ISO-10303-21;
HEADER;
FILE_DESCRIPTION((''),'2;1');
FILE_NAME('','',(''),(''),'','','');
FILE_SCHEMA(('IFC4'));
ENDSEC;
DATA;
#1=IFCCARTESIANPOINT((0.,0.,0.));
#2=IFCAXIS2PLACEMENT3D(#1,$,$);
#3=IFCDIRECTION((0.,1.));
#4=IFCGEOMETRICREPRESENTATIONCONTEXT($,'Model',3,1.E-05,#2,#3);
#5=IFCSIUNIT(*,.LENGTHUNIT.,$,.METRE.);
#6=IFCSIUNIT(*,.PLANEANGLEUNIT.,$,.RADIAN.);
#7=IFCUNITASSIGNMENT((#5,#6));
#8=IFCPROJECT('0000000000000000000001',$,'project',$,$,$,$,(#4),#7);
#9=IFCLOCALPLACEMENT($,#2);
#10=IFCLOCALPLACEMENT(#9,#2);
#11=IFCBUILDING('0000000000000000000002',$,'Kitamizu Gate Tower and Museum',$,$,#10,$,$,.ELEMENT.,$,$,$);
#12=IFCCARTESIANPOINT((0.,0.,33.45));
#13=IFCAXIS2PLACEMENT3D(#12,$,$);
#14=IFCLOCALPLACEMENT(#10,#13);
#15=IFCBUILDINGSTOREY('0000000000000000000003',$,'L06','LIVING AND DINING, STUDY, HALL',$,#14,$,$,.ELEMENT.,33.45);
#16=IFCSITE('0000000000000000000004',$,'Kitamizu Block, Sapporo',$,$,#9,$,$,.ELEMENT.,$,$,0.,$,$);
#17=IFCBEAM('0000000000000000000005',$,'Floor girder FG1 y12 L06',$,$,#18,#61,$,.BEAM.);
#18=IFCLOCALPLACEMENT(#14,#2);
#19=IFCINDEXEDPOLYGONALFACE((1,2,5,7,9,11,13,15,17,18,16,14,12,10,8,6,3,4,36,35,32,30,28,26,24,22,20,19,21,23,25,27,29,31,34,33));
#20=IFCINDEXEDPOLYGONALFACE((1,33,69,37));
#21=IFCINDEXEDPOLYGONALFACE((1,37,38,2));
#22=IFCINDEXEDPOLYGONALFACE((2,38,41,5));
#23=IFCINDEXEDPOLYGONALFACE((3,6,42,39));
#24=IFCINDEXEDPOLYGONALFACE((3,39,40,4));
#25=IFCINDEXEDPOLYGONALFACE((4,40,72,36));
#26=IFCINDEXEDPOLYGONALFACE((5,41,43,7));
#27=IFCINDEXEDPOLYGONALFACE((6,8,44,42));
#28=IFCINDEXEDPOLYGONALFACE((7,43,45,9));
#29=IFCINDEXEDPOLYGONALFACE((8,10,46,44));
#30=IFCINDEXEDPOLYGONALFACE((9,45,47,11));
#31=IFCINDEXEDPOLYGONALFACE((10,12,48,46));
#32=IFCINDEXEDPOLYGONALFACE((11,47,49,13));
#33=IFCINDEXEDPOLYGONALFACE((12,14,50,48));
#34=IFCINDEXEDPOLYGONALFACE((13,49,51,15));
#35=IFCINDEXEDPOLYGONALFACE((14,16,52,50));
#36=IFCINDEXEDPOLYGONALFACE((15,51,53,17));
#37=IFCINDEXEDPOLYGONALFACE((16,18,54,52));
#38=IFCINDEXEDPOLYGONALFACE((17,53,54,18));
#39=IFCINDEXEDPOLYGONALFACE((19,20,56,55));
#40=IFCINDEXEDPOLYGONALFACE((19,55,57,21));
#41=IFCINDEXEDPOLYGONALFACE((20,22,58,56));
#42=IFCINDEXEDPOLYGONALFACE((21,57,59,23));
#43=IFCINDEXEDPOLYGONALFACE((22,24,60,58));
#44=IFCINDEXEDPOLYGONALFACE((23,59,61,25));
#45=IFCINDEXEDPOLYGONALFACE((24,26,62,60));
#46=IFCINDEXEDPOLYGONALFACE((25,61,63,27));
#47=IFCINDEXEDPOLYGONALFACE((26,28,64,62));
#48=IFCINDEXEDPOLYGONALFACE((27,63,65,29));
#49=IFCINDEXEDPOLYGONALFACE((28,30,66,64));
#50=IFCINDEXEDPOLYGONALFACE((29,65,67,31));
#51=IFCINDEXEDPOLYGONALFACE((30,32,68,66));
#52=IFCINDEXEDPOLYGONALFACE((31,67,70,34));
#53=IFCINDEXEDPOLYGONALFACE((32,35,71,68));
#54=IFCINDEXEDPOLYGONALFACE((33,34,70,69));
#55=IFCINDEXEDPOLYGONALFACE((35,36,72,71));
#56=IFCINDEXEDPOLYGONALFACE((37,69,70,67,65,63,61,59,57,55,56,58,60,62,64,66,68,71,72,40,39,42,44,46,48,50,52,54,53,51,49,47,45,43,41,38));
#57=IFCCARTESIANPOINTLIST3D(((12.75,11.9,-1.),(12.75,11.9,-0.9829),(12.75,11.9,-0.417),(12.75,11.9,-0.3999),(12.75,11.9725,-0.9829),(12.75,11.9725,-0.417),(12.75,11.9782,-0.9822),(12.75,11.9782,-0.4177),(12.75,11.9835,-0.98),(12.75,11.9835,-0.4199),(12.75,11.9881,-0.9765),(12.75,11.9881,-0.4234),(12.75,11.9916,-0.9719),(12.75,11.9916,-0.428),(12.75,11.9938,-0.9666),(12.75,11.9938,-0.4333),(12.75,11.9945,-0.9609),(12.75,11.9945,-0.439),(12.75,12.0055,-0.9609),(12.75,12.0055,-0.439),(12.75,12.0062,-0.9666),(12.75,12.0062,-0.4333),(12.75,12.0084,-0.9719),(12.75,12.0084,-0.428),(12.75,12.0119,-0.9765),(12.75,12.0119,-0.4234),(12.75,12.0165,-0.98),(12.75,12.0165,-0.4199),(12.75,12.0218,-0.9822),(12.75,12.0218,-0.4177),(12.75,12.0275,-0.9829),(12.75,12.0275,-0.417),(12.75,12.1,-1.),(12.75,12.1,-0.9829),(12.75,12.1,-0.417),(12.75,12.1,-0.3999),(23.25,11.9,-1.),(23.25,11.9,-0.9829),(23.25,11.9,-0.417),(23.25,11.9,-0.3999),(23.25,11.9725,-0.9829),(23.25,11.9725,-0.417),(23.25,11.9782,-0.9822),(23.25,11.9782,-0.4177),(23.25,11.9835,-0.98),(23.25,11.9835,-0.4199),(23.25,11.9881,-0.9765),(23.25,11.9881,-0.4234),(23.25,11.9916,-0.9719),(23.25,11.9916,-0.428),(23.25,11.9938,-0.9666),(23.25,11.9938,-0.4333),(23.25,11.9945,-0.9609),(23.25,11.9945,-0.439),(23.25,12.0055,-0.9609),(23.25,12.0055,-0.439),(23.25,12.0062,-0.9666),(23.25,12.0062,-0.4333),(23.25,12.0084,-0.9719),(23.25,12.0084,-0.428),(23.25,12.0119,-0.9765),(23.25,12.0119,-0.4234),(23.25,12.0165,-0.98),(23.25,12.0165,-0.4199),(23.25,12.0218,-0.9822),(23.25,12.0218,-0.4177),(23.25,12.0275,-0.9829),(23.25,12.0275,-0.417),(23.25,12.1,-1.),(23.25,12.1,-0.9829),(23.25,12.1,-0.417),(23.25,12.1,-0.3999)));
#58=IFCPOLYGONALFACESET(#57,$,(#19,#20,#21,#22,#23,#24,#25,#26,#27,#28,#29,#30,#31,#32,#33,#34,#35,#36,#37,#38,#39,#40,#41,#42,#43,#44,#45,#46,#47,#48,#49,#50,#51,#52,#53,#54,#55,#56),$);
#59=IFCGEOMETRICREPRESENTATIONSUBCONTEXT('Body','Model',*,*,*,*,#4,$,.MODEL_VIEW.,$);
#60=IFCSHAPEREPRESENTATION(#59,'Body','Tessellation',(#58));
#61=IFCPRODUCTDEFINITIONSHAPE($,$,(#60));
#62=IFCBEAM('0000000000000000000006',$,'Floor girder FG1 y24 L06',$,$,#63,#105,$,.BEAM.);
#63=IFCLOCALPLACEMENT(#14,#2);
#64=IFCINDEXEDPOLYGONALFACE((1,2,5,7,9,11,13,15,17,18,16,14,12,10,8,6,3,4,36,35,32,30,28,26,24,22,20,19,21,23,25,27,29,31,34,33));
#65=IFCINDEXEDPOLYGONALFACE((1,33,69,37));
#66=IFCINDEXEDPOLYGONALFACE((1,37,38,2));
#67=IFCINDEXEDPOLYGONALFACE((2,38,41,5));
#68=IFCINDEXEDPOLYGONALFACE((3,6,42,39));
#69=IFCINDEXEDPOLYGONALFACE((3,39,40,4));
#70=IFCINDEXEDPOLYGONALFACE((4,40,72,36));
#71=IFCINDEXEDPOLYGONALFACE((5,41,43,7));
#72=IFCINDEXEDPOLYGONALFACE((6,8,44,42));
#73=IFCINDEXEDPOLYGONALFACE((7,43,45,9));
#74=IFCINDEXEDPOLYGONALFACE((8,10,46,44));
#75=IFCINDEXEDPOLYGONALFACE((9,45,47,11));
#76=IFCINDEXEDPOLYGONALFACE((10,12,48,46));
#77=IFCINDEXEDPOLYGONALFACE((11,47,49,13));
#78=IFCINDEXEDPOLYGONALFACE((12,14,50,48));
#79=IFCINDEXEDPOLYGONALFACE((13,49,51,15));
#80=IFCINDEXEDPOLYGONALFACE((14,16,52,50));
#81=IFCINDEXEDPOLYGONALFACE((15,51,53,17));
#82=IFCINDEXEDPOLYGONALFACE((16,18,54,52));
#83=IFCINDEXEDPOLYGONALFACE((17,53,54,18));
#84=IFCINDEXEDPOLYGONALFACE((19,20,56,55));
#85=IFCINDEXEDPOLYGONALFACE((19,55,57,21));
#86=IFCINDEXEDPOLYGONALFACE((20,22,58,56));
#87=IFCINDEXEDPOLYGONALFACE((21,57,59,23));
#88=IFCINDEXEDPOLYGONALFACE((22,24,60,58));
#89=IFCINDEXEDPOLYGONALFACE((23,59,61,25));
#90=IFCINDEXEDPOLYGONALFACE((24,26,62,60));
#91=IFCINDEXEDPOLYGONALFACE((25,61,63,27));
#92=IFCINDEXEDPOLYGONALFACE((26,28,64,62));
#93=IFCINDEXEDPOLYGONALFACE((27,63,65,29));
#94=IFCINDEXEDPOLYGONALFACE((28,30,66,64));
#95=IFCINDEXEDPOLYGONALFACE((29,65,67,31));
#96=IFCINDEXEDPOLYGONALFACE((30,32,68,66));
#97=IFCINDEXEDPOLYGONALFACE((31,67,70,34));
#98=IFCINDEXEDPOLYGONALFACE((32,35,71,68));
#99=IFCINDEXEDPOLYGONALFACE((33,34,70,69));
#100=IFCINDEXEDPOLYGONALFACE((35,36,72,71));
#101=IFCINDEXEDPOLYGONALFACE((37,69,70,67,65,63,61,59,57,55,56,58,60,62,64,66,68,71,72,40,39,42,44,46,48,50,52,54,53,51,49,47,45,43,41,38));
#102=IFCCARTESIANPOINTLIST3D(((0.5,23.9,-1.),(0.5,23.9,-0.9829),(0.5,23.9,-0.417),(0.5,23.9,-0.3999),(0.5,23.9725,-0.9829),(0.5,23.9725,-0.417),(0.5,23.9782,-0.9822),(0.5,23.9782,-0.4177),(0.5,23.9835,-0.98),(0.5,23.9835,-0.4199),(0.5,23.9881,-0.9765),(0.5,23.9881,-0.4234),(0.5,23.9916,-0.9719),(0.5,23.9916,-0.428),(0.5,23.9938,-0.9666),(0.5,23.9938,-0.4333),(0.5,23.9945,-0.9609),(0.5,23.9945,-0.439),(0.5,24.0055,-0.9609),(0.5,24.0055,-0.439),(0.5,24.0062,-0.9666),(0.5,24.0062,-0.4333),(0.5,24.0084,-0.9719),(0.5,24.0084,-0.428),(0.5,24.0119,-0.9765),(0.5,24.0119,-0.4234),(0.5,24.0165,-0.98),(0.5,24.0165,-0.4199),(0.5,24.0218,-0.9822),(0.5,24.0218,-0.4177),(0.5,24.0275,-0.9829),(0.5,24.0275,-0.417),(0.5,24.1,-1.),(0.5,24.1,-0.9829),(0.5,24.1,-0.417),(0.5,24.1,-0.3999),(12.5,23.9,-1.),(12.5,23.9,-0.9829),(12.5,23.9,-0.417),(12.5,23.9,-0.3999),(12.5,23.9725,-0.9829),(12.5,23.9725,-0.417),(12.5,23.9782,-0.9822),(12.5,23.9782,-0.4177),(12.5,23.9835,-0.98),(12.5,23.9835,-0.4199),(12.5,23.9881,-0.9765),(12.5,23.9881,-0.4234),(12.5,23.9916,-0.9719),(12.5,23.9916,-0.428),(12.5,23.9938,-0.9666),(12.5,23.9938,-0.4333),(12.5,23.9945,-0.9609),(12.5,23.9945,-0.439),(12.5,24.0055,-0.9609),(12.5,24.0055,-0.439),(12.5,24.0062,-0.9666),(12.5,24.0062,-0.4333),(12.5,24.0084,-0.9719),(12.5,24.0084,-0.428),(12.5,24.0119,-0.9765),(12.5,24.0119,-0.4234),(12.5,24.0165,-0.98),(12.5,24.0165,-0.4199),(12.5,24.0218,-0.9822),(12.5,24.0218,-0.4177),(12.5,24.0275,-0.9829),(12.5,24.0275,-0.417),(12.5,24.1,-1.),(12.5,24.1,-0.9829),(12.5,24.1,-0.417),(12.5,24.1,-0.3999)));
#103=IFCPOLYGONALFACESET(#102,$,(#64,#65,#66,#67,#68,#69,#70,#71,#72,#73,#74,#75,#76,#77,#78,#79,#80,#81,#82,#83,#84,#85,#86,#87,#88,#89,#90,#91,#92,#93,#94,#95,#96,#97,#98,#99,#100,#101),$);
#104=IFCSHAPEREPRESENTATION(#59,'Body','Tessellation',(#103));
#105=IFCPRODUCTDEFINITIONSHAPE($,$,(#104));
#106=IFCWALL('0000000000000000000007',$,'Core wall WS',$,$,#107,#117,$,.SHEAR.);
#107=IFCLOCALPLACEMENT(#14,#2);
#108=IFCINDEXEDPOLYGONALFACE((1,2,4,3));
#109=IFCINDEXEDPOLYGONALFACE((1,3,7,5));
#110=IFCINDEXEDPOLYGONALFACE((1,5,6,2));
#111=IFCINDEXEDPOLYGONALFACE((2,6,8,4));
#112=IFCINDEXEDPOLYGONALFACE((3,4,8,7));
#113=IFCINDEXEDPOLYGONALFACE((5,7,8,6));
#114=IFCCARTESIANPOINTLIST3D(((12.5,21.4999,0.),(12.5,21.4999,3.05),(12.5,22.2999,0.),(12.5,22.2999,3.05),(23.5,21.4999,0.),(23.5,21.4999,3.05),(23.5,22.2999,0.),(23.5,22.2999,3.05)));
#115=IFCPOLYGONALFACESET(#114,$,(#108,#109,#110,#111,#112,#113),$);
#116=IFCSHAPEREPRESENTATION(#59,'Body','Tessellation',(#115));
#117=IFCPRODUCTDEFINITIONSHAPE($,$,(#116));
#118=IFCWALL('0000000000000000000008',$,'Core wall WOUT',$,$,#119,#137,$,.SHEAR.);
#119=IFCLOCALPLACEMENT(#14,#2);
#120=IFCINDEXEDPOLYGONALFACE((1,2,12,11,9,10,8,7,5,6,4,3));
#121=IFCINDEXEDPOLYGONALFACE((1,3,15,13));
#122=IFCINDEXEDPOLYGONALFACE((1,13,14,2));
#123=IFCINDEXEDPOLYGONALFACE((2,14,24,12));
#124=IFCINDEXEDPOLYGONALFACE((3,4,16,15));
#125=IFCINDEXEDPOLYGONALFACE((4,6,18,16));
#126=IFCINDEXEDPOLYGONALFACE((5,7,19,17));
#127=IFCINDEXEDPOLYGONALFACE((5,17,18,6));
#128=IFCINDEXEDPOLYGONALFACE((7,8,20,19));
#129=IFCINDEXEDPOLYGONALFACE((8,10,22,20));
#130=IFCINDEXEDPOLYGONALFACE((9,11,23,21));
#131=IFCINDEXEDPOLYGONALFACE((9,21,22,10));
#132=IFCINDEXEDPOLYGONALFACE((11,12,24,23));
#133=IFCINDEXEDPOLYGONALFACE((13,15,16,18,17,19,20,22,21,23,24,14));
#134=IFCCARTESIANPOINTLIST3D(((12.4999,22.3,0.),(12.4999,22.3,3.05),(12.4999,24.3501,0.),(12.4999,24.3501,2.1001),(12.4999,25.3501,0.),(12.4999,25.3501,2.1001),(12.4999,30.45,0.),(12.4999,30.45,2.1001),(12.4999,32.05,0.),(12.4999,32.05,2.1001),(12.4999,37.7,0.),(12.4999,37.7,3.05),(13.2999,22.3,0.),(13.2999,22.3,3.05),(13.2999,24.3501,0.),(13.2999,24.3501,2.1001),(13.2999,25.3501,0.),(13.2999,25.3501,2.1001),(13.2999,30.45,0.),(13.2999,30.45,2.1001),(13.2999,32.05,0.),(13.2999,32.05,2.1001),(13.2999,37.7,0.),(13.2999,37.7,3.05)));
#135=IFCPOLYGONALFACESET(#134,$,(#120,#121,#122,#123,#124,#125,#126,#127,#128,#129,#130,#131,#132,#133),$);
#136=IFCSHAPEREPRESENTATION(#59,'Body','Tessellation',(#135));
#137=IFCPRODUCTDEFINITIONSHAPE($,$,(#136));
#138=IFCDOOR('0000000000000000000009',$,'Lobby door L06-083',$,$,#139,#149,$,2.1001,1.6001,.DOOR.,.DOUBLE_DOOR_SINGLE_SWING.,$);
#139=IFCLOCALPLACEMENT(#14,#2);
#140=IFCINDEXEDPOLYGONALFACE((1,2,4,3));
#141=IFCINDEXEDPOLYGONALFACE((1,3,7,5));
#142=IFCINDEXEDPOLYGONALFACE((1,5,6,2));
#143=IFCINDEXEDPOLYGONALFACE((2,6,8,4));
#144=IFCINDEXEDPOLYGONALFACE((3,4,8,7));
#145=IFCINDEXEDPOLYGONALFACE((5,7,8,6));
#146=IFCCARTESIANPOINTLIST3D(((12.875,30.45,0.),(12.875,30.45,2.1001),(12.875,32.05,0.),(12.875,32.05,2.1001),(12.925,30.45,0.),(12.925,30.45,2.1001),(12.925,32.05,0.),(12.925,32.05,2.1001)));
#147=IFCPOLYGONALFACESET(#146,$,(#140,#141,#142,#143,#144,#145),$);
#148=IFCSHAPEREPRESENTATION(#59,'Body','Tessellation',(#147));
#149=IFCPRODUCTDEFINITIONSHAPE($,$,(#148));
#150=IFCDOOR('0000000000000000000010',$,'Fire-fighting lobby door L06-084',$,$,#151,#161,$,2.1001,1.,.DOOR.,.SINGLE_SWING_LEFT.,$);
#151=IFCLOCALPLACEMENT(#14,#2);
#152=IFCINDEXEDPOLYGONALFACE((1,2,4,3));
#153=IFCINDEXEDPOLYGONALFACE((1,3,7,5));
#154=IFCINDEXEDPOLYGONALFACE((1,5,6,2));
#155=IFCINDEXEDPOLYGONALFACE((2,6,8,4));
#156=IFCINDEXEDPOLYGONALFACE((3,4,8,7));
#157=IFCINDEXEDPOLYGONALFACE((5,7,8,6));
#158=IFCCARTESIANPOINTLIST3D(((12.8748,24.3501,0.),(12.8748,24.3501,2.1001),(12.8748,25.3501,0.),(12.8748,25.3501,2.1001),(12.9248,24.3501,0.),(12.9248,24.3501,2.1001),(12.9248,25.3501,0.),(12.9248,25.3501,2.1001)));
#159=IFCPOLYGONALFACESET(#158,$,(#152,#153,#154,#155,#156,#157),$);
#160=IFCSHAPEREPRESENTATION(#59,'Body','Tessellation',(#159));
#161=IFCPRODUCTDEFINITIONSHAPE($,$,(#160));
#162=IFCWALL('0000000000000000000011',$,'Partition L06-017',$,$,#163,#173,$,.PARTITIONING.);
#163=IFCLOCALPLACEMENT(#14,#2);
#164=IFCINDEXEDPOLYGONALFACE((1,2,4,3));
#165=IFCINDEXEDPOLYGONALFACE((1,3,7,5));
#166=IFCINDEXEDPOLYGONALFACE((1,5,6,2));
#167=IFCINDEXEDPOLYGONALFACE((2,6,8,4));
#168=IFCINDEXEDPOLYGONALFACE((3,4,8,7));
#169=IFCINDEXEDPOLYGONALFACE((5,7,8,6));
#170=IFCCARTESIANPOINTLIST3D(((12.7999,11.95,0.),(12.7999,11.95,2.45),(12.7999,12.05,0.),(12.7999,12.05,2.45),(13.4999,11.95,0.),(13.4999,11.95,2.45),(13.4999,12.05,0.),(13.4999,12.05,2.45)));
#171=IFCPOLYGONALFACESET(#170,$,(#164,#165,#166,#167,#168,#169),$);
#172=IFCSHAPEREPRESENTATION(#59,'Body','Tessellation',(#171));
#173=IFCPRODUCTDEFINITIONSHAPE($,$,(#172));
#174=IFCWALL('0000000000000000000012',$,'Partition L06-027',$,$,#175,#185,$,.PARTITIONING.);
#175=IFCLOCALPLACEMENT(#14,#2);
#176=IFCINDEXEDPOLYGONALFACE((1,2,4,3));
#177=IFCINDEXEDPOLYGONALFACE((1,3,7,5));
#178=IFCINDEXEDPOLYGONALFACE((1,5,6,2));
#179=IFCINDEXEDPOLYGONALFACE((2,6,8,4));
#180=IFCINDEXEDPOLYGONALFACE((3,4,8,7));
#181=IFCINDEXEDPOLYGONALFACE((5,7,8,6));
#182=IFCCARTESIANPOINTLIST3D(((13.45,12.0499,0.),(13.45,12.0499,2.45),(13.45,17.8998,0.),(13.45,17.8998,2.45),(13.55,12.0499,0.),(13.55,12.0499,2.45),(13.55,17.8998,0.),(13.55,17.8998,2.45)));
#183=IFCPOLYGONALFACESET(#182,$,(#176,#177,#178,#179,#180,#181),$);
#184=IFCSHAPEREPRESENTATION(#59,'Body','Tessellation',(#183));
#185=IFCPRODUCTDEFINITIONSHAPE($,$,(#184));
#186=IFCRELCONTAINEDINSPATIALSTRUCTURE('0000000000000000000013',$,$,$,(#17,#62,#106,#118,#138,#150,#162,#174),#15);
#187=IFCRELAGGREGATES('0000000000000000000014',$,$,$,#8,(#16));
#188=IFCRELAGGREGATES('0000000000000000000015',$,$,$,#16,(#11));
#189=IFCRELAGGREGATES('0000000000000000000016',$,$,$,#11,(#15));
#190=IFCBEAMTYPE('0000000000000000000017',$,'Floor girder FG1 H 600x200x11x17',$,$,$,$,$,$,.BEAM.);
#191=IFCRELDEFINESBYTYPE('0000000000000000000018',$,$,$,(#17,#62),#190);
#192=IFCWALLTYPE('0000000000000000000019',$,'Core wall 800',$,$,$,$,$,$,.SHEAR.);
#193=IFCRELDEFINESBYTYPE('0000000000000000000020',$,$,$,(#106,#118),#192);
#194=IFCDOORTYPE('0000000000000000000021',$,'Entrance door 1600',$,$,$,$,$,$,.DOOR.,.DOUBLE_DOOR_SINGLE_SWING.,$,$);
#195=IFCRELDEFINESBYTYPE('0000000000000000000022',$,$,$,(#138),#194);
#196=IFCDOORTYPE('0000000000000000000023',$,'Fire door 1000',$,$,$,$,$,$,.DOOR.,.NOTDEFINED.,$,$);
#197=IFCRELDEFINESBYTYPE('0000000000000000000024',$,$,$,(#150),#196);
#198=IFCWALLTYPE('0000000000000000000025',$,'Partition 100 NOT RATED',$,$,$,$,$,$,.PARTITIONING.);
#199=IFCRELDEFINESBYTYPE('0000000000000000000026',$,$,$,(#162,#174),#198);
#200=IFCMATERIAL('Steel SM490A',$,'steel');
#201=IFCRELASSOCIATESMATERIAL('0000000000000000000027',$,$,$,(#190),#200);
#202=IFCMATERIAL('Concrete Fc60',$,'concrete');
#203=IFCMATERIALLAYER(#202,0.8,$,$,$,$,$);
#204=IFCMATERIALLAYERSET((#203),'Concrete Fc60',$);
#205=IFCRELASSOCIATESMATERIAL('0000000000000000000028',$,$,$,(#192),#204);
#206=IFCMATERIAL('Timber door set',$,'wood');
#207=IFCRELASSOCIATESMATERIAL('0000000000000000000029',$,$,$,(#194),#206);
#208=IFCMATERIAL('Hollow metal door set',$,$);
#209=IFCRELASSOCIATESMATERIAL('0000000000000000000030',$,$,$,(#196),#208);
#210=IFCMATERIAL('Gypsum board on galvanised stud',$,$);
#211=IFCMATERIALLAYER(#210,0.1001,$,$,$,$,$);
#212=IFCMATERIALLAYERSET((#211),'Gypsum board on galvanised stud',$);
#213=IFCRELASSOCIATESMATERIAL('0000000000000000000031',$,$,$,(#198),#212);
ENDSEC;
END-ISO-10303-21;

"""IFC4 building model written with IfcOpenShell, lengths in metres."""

from ifc_helpers import new_model, si_unit, direction, frame, frame_2d, origin, origin_2d, place, context, subcontext, project, spatial, rectangle, i_section, extrude, material, layer, layer_set, material_profile, profile_set, type_object, element, fill, save


model = new_model("IFC4")

# Units and contexts
model_context = context("Model", 3, precision=1e-05, world=origin(), true_north=direction((0.0, 1.0)))
body_context = subcontext(model_context, "Body", "Model", "MODEL_VIEW")
ifc_project = project(units=[si_unit("LENGTHUNIT", "METRE"), si_unit("PLANEANGLEUNIT", "RADIAN")], contexts=[model_context])

# Site, building, storey
site_placement = place(None, origin())
site = spatial("IfcSite", under=ifc_project, at=site_placement, Name="Kitamizu Block, Sapporo", CompositionType="ELEMENT", RefElevation=0.0)
building_placement = place(site_placement, origin())
building = spatial("IfcBuilding", under=site, at=building_placement, Name="Kitamizu Gate Tower and Museum", CompositionType="ELEMENT")
storey_placement = place(building_placement, frame((0.0, 0.0, 33.45)))
storey = spatial("IfcBuildingStorey", under=building, at=storey_placement, Name="L06", Description="LIVING AND DINING, STUDY, HALL", CompositionType="ELEMENT", Elevation=33.45)

# Beams
ifc_material_1 = material(Name="Steel SM490A", Category="steel")
ifc_material_profile_1 = material_profile(ifc_material_1, i_section(OverallWidth=0.2, OverallDepth=0.6001, WebThickness=0.011, FlangeThickness=0.0171, FilletRadius=0.022, at=origin_2d()), Name="H-600x200x11x17")
ifc_profile_set_1 = profile_set([ifc_material_profile_1], Name="Steel SM490A")
beam_type_1 = type_object("IfcBeamType", Name="Floor girder FG1 H 600x200x11x17", PredefinedType="BEAM", material=ifc_profile_set_1)
beam_1_placement = place(storey_placement, frame((12.75, 12.0, -0.7), z_axis=(1.0, 0.0, 0.0), x_axis=(0.0, 1.0, 0.0)))
element("IfcBeam", 1, at=beam_1_placement, inside=storey, type_object=beam_type_1, Name="Floor girder FG1 y12 L06", PredefinedType="BEAM", context=body_context, shape_type="SweptSolid", body=[
    extrude(i_section(OverallWidth=0.2, OverallDepth=0.6001, WebThickness=0.011, FlangeThickness=0.0171, FilletRadius=0.022, at=origin_2d()), origin(), (0.0, 0.0, 1.0), 10.5),
])
beam_2_placement = place(storey_placement, frame((0.5, 24.0, -0.7), z_axis=(1.0, 0.0, 0.0), x_axis=(0.0, 1.0, 0.0)))
element("IfcBeam", 2, at=beam_2_placement, inside=storey, type_object=beam_type_1, Name="Floor girder FG1 y24 L06", PredefinedType="BEAM", context=body_context, shape_type="SweptSolid", body=[
    extrude(i_section(OverallWidth=0.2, OverallDepth=0.6001, WebThickness=0.011, FlangeThickness=0.0171, FilletRadius=0.022, at=origin_2d()), origin(), (0.0, 0.0, 1.0), 12.0),
])

# Wall
ifc_material_2 = material(Name="Concrete Fc60", Category="concrete")
ifc_layer_1 = layer(ifc_material_2, 0.8)
ifc_layer_set_1 = layer_set([ifc_layer_1], Name="Concrete Fc60")
wall_type_1 = type_object("IfcWallType", Name="Core wall 800", PredefinedType="SHEAR", material=ifc_layer_set_1)
wall_1_placement = place(storey_placement, frame((12.5, 21.8999, 0.0), z_axis=(0.0, 0.0, 1.0), x_axis=(1.0, 0.0, 0.0)))
element("IfcWall", 3, at=wall_1_placement, inside=storey, type_object=wall_type_1, Name="Core wall WS", PredefinedType="SHEAR", context=body_context, shape_type="SweptSolid", body=[
    extrude(rectangle(XDim=11.0, YDim=0.8, at=frame_2d((5.5, 0.0))), origin(), (0.0, 0.0, 1.0), 3.05),
])

# Wall, openings, doors
wall_2_placement = place(storey_placement, frame((12.8999, 22.3, 0.0), z_axis=(0.0, 0.0, 1.0), x_axis=(0.0, 1.0, 0.0)))
wall_2 = element("IfcWall", 4, at=wall_2_placement, inside=storey, type_object=wall_type_1, Name="Core wall WOUT", PredefinedType="SHEAR", context=body_context, shape_type="SweptSolid", body=[
    extrude(rectangle(XDim=15.3999, YDim=0.8, at=frame_2d((7.7, 0.0))), origin(), (0.0, 0.0, 1.0), 3.05),
])
opening_1_placement = place(wall_2_placement, frame((8.1499, 0.0, 0.0)))
opening_1 = element("IfcOpeningElement", 5, at=opening_1_placement, cuts=wall_2, PredefinedType="OPENING", context=body_context, shape_type="SweptSolid", body=[
    extrude(rectangle(XDim=1.6001, YDim=2.1001, at=frame_2d((0.8, 1.05))), frame((0.0, 0.4102, 0.0), z_axis=(0.0, -1.0, 0.0), x_axis=(1.0, 0.0, 0.0)), (0.0, 0.0, 1.0), 0.8201),
])
opening_2_placement = place(wall_2_placement, frame((2.05, 0.0, 0.0)))
opening_2 = element("IfcOpeningElement", 6, at=opening_2_placement, cuts=wall_2, PredefinedType="OPENING", context=body_context, shape_type="SweptSolid", body=[
    extrude(rectangle(XDim=1.0, YDim=2.1001, at=frame_2d((0.5, 1.05))), frame((0.0, 0.4102, 0.0), z_axis=(0.0, -1.0, 0.0), x_axis=(1.0, 0.0, 0.0)), (0.0, 0.0, 1.0), 0.8201),
])
ifc_material_3 = material(Name="Timber door set", Category="wood")
door_type_1 = type_object("IfcDoorType", Name="Entrance door 1600", OperationType="DOUBLE_DOOR_SINGLE_SWING", PredefinedType="DOOR", material=ifc_material_3)
door_1_placement = place(opening_1_placement, origin())
door_1 = element("IfcDoor", 7, at=door_1_placement, inside=storey, type_object=door_type_1, Name="Lobby door L06-083", OperationType="DOUBLE_DOOR_SINGLE_SWING", OverallHeight=2.1001, OverallWidth=1.6001, PredefinedType="DOOR", context=body_context, shape_type="SweptSolid", body=[
    extrude(rectangle(XDim=1.6001, YDim=2.1001, at=frame_2d((0.8, 1.05))), frame((0.0, 0.0249, 0.0), z_axis=(0.0, -1.0, 0.0), x_axis=(1.0, 0.0, 0.0)), (0.0, 0.0, 1.0), 0.05),
])
fill(opening_1, door_1)
ifc_material_4 = material(Name="Hollow metal door set")
door_type_2 = type_object("IfcDoorType", Name="Fire door 1000", OperationType="NOTDEFINED", PredefinedType="DOOR", material=ifc_material_4)
door_2_placement = place(opening_2_placement, frame((1.0, 0.0, 0.0), x_axis=(-1.0, 0.0, 0.0)))
door_2 = element("IfcDoor", 8, at=door_2_placement, inside=storey, type_object=door_type_2, Name="Fire-fighting lobby door L06-084", OperationType="SINGLE_SWING_LEFT", OverallHeight=2.1001, OverallWidth=1.0, PredefinedType="DOOR", context=body_context, shape_type="SweptSolid", body=[
    extrude(rectangle(XDim=1.0, YDim=2.1001, at=frame_2d((0.5, 1.05))), frame((0.0, 0.0249, 0.0), z_axis=(0.0, -1.0, 0.0), x_axis=(1.0, 0.0, 0.0)), (0.0, 0.0, 1.0), 0.05),
])
fill(opening_2, door_2)

# Walls
ifc_material_5 = material(Name="Gypsum board on galvanised stud")
ifc_layer_2 = layer(ifc_material_5, 0.1001)
ifc_layer_set_2 = layer_set([ifc_layer_2], Name="Gypsum board on galvanised stud")
wall_type_2 = type_object("IfcWallType", Name="Partition 100 NOT RATED", PredefinedType="PARTITIONING", material=ifc_layer_set_2)
wall_3_placement = place(storey_placement, frame((13.5, 12.0, 0.0), z_axis=(0.0, 0.0, 1.0), x_axis=(-1.0, 0.0, 0.0)))
element("IfcWall", 9, at=wall_3_placement, inside=storey, type_object=wall_type_2, Name="Partition L06-017", PredefinedType="PARTITIONING", context=body_context, shape_type="SweptSolid", body=[
    extrude(rectangle(XDim=0.7, YDim=0.1001, at=frame_2d((0.3501, 0.0))), origin(), (0.0, 0.0, 1.0), 2.45),
])
wall_4_placement = place(storey_placement, frame((13.5, 12.05, 0.0), z_axis=(0.0, 0.0, 1.0), x_axis=(0.0, 1.0, 0.0)))
element("IfcWall", 10, at=wall_4_placement, inside=storey, type_object=wall_type_2, Name="Partition L06-027", PredefinedType="PARTITIONING", context=body_context, shape_type="SweptSolid", body=[
    extrude(rectangle(XDim=5.8499, YDim=0.1001, at=frame_2d((2.9248, 0.0))), origin(), (0.0, 0.0, 1.0), 2.45),
])

save(model, "model.ifc")
